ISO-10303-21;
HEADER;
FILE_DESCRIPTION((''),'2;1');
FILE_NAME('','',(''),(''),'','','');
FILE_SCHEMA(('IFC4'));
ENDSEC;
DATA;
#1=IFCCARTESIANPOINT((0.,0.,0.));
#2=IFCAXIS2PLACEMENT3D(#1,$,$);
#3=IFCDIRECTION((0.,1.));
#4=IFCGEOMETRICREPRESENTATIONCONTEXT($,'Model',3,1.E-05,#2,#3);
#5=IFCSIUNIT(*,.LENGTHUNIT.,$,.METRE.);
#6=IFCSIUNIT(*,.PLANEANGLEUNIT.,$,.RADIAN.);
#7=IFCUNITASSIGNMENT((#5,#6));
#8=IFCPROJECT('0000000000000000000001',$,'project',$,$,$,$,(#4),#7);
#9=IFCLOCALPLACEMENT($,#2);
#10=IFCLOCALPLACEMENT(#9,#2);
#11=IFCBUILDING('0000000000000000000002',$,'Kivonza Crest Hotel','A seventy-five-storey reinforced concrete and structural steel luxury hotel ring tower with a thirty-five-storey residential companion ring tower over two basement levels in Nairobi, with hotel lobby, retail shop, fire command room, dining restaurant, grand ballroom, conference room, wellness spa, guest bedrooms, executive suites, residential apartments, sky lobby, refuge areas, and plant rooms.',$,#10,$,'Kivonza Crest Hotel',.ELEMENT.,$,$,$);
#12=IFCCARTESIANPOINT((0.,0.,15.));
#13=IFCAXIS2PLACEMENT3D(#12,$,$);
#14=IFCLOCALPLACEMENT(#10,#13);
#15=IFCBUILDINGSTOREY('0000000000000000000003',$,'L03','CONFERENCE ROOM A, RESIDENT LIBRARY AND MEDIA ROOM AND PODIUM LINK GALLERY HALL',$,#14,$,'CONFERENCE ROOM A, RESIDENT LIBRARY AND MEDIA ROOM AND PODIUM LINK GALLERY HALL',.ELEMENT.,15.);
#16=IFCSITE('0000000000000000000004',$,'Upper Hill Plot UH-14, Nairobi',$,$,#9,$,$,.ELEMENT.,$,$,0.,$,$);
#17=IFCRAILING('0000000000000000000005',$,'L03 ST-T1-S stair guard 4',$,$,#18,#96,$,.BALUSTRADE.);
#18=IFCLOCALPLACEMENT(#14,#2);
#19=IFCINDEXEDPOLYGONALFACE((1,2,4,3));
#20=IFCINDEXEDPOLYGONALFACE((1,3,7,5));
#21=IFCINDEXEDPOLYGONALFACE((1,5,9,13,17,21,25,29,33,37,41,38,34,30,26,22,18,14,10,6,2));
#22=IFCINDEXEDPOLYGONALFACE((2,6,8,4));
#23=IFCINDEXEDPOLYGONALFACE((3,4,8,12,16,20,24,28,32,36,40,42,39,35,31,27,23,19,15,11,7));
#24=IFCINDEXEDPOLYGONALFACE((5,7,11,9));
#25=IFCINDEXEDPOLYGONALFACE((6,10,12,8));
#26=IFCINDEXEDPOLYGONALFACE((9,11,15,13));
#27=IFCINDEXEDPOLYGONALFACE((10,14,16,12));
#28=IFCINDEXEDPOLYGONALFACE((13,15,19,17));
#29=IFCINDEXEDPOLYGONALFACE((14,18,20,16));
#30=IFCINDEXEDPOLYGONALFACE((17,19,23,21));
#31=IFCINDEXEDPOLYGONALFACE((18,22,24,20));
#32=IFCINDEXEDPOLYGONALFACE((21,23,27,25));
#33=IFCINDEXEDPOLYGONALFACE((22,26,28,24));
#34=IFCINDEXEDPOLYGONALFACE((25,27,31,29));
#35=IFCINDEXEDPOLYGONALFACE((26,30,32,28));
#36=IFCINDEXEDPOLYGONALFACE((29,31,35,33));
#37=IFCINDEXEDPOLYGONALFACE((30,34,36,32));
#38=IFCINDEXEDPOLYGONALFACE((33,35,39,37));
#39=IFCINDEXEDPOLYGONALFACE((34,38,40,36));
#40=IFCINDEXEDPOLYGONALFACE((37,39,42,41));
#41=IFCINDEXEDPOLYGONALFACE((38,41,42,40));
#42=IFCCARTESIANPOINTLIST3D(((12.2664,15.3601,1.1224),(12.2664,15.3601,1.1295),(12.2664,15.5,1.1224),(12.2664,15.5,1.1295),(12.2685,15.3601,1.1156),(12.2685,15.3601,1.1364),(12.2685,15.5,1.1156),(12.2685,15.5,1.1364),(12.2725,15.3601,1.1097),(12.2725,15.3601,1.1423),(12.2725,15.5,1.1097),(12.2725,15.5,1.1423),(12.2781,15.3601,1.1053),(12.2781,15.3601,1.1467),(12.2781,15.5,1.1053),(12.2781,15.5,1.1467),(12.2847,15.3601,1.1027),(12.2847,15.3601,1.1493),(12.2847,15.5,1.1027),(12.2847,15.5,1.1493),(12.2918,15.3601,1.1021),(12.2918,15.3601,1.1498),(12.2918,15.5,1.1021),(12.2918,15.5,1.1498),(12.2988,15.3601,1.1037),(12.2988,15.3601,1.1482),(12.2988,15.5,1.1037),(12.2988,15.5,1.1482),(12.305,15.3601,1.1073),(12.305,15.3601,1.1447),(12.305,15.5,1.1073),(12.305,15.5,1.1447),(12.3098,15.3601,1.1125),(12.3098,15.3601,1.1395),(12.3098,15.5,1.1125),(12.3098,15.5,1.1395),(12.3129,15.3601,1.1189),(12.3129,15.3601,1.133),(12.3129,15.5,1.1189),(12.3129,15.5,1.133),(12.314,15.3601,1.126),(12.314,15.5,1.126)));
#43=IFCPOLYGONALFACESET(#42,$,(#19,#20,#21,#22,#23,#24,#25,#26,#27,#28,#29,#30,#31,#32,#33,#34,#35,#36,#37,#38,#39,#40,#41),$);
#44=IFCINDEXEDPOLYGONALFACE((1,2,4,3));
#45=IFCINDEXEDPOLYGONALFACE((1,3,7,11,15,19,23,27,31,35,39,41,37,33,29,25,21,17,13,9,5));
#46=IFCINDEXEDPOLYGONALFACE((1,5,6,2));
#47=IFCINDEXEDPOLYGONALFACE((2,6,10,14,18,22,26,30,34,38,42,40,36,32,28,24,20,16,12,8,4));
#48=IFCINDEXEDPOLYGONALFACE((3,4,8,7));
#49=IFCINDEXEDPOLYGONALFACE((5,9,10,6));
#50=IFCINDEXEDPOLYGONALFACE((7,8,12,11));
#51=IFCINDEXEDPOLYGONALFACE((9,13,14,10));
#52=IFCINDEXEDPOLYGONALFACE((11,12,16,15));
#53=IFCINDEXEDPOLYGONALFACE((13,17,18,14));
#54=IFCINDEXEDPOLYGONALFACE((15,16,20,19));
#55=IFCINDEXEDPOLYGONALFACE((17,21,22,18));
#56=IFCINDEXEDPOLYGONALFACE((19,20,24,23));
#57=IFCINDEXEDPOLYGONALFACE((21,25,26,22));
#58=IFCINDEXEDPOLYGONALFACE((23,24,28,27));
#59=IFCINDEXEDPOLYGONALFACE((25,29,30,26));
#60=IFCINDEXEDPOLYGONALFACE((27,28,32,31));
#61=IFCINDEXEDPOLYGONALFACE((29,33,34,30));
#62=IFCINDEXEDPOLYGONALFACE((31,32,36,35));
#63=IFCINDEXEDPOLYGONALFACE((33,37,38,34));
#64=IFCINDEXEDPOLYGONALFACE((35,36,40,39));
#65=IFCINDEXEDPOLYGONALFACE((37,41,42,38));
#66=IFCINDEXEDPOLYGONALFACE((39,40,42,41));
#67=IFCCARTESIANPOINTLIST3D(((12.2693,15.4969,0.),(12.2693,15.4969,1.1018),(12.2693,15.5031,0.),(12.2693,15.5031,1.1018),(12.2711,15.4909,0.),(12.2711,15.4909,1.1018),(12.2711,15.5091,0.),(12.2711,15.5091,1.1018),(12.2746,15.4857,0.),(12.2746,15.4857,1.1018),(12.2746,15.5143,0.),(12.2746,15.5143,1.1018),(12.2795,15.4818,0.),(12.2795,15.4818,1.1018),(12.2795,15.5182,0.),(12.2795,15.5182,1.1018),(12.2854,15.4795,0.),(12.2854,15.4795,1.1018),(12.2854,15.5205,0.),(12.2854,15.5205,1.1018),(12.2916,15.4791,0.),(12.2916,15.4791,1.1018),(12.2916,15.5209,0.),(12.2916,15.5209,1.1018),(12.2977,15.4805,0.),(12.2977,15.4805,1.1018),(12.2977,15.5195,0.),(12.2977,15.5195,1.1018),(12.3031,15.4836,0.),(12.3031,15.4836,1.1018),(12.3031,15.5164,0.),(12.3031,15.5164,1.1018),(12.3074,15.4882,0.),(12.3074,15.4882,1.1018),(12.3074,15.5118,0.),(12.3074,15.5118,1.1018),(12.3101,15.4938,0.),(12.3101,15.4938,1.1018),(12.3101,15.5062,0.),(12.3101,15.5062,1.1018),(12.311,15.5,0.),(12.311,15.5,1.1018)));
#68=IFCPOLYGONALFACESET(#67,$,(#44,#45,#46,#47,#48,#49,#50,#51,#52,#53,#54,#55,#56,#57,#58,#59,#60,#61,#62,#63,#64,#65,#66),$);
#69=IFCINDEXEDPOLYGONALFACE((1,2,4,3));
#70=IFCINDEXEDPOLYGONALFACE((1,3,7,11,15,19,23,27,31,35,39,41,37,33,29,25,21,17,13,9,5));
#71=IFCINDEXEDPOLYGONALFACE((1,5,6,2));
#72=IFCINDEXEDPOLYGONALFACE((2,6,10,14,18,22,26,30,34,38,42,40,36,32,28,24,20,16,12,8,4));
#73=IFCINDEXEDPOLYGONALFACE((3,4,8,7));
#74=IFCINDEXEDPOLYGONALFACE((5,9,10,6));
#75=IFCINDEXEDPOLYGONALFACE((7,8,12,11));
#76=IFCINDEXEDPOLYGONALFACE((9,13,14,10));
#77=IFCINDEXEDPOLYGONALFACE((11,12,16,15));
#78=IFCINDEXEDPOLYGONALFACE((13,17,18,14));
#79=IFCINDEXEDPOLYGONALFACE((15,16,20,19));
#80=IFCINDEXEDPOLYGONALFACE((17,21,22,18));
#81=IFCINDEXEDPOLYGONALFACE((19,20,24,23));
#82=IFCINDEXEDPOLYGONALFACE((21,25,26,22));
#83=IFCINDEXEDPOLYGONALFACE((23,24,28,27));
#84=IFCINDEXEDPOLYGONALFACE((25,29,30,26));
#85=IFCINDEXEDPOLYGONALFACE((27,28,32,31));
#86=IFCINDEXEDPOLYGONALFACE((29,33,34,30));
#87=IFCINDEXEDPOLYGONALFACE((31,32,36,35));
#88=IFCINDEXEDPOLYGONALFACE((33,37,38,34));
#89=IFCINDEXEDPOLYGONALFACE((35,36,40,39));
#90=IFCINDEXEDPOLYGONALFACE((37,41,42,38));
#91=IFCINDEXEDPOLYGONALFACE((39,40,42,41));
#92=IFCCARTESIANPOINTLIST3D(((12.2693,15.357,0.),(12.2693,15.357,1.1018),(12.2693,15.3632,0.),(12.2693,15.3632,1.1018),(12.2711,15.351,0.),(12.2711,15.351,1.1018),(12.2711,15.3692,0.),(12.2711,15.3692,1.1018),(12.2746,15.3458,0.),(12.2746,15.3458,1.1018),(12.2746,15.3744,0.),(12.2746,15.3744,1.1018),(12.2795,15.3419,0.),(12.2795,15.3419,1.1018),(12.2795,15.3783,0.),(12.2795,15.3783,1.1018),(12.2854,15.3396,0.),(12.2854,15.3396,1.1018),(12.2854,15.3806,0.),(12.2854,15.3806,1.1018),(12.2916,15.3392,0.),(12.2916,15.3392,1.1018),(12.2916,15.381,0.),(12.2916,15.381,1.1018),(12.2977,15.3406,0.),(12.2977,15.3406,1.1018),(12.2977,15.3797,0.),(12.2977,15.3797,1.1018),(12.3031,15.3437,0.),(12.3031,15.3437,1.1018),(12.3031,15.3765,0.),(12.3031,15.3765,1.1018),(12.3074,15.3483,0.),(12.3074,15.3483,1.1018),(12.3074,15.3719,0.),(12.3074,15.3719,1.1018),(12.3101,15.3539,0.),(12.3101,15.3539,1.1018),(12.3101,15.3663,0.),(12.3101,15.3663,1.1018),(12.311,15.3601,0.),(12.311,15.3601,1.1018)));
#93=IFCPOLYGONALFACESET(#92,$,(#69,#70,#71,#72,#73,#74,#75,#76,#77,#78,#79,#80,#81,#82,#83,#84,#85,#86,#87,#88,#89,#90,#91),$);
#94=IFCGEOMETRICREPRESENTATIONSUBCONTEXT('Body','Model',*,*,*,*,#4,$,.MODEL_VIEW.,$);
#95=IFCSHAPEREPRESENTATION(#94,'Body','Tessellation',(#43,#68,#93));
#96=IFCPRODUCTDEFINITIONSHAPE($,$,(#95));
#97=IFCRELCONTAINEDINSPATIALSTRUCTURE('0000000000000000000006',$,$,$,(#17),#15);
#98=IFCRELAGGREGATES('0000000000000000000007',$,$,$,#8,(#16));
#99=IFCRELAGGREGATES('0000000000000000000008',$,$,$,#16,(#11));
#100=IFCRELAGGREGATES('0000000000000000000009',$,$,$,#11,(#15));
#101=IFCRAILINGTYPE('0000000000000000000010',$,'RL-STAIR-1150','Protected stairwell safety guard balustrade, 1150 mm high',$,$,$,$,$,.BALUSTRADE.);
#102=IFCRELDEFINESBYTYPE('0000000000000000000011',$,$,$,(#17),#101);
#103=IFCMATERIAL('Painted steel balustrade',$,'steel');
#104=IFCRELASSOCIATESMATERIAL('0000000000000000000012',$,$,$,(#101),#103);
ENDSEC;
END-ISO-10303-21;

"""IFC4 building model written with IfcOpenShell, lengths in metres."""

from ifc_helpers import new_model, si_unit, direction, frame, origin, origin_2d, place, context, subcontext, project, spatial, circle, extrude, material, type_object, element, save


model = new_model("IFC4")

# Units and contexts
model_context = context("Model", 3, precision=1e-05, world=origin(), true_north=direction((0.0, 1.0)))
body_context = subcontext(model_context, "Body", "Model", "MODEL_VIEW")
ifc_project = project(units=[si_unit("LENGTHUNIT", "METRE"), si_unit("PLANEANGLEUNIT", "RADIAN")], contexts=[model_context])

# Site, building, storey
site_placement = place(None, origin())
site = spatial("IfcSite", under=ifc_project, at=site_placement, Name="Upper Hill Plot UH-14, Nairobi", CompositionType="ELEMENT", RefElevation=0.0)
building_placement = place(site_placement, origin())
building = spatial("IfcBuilding", under=site, at=building_placement, Name="Kivonza Crest Hotel", Description="A seventy-five-storey reinforced concrete and structural steel luxury hotel ring tower with a thirty-five-storey residential companion ring tower over two basement levels in Nairobi, with hotel lobby, retail shop, fire command room, dining restaurant, grand ballroom, conference room, wellness spa, guest bedrooms, executive suites, residential apartments, sky lobby, refuge areas, and plant rooms.", LongName="Kivonza Crest Hotel", CompositionType="ELEMENT")
storey_placement = place(building_placement, frame((0.0, 0.0, 15.0)))
storey = spatial("IfcBuildingStorey", under=building, at=storey_placement, Name="L03", Description="CONFERENCE ROOM A, RESIDENT LIBRARY AND MEDIA ROOM AND PODIUM LINK GALLERY HALL", LongName="CONFERENCE ROOM A, RESIDENT LIBRARY AND MEDIA ROOM AND PODIUM LINK GALLERY HALL", CompositionType="ELEMENT", Elevation=15.0)

# Railing
ifc_material_1 = material(Name="Painted steel balustrade", Category="steel")
railing_type_1 = type_object("IfcRailingType", Name="RL-STAIR-1150", Description="Protected stairwell safety guard balustrade, 1150 mm high", PredefinedType="BALUSTRADE", material=ifc_material_1)
railing_1_placement = place(storey_placement, frame((12.29, 15.5, 0.0)))
element("IfcRailing", 1, at=railing_1_placement, inside=storey, type_object=railing_type_1, Name="L03 ST-T1-S stair guard 4", PredefinedType="BALUSTRADE", context=body_context, shape_type="SweptSolid", body=[
    extrude(circle(Radius=0.0239, at=origin_2d()), frame((0.0, 0.0, 1.126), z_axis=(0.0, -1.0, 0.0), x_axis=(1.0, 0.0, 0.0)), (0.0, 0.0, 1.0), 0.1399),
    extrude(circle(Radius=0.021, at=origin_2d()), origin(), (0.0, 0.0, 1.0), 1.1018),
    extrude(circle(Radius=0.021, at=origin_2d()), frame((0.0, -0.1399, 0.0)), (0.0, 0.0, 1.0), 1.1018),
])

save(model, "model.ifc")
